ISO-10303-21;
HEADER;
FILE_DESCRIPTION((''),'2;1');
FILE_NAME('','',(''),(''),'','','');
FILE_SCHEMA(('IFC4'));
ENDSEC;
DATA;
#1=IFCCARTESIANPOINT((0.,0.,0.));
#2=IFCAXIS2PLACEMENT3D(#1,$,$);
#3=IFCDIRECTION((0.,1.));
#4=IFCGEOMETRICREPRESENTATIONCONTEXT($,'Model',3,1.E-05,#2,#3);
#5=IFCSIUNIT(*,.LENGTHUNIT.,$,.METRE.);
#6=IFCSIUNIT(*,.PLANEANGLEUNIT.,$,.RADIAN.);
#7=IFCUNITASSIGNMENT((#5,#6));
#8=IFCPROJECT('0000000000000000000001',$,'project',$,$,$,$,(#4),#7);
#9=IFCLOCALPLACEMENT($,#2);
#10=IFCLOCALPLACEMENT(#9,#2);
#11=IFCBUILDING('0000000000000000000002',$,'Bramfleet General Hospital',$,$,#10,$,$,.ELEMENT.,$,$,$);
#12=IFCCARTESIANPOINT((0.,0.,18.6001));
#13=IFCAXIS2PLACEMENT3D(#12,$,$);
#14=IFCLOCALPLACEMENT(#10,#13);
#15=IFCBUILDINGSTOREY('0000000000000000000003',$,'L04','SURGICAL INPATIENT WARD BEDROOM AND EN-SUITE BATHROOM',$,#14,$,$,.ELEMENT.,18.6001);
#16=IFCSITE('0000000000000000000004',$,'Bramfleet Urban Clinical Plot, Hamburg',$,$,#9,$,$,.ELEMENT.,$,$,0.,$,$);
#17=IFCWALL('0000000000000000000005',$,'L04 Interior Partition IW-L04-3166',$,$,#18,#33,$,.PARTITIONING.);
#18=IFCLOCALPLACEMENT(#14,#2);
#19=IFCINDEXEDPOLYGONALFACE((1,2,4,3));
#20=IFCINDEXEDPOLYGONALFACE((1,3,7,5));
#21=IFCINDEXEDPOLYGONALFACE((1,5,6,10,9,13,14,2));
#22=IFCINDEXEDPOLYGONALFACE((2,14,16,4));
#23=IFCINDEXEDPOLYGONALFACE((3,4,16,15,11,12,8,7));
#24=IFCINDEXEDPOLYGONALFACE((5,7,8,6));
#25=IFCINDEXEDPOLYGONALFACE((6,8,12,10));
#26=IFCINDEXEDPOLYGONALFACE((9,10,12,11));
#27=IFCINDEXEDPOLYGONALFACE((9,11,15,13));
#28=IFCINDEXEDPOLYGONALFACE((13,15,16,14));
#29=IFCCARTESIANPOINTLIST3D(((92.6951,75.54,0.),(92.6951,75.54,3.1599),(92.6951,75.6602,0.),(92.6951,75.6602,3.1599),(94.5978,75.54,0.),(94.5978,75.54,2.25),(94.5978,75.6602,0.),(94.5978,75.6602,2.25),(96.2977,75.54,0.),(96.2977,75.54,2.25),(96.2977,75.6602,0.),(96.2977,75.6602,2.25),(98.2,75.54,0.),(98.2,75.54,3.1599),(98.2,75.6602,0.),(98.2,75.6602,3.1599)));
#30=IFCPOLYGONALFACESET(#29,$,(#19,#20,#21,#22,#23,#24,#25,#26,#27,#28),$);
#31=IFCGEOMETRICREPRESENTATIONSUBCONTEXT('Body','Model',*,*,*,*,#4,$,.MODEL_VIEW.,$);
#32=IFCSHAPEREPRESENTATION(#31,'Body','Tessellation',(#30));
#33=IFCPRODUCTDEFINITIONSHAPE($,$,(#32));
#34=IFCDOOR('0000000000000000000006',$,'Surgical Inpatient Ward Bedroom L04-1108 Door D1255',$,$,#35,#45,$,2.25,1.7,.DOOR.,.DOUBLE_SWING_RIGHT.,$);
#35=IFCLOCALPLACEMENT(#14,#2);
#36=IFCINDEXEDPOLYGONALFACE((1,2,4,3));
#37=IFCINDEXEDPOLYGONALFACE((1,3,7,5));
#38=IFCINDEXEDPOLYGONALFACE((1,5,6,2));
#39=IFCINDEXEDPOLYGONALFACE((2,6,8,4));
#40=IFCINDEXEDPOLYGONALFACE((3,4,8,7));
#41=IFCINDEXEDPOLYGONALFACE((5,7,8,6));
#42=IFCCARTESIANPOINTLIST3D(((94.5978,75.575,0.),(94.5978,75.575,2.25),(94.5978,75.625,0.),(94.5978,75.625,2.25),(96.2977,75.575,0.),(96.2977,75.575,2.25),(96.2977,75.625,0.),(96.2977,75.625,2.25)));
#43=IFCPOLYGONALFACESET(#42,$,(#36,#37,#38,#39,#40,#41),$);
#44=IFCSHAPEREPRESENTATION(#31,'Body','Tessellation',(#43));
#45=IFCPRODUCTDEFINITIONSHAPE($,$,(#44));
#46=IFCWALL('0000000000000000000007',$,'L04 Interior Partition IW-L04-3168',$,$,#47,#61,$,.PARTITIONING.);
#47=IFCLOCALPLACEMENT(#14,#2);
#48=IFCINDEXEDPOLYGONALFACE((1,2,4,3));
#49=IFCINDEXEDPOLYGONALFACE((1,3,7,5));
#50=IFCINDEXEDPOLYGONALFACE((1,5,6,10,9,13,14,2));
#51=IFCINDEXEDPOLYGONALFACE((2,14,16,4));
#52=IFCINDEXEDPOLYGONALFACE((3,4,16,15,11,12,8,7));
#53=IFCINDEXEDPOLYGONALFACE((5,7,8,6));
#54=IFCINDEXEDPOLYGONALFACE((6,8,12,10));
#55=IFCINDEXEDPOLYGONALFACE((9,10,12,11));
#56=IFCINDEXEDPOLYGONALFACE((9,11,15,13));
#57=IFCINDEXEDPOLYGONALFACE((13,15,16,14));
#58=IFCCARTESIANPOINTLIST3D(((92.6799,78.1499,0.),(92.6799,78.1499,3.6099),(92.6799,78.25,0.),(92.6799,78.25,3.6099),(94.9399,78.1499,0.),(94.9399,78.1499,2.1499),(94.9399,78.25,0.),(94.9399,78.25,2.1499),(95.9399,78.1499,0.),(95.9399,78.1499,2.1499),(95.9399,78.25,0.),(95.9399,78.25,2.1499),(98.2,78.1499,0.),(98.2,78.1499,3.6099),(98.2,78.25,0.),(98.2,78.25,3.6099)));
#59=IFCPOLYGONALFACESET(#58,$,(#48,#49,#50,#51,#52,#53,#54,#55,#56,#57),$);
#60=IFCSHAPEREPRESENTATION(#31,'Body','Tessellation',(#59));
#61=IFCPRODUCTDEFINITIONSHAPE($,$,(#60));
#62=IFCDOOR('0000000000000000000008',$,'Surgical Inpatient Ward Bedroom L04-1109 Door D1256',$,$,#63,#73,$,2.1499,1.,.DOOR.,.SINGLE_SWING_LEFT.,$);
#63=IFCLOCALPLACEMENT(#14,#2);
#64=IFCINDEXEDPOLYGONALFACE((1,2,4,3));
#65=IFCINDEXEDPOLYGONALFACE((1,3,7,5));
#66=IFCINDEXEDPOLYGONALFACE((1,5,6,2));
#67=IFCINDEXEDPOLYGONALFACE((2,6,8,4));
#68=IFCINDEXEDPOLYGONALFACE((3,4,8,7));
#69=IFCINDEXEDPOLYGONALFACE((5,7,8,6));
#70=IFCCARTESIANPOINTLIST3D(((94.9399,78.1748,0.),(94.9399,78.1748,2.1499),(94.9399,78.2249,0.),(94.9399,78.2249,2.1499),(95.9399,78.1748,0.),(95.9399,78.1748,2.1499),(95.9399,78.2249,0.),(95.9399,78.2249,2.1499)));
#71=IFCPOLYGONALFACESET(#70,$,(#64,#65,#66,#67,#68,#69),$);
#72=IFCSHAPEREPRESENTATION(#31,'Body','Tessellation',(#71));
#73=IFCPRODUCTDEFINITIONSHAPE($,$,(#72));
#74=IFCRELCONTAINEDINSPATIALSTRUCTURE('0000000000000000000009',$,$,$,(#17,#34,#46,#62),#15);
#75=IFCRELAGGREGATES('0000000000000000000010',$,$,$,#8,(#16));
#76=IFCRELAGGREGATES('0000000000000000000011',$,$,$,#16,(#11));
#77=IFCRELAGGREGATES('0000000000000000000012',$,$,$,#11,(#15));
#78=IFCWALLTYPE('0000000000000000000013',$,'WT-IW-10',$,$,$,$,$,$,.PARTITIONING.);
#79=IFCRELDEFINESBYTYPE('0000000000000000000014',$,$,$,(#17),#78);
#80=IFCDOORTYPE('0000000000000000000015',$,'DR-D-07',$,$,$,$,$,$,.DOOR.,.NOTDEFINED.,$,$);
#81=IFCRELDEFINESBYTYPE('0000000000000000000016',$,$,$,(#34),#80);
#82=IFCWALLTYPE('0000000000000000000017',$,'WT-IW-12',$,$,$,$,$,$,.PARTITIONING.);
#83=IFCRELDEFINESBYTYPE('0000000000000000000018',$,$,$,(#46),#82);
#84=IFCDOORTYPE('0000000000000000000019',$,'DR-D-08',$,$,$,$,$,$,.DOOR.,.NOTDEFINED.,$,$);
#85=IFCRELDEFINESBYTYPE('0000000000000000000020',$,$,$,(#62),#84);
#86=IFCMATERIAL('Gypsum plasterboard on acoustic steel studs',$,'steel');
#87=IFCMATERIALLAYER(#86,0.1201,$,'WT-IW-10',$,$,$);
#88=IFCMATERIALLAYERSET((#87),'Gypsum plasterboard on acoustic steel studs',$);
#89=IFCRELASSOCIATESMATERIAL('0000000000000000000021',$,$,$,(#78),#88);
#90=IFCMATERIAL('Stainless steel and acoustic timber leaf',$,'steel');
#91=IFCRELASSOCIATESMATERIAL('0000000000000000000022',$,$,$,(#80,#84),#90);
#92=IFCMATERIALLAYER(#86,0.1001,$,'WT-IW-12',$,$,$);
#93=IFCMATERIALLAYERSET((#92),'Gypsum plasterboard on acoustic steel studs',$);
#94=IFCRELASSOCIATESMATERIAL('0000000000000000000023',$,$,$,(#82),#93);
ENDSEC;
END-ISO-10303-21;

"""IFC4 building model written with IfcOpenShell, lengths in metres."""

from ifc_helpers import new_model, si_unit, direction, frame, frame_2d, origin, place, context, subcontext, project, spatial, rectangle, extrude, material, layer, layer_set, type_object, element, fill, save


model = new_model("IFC4")

# Units and contexts
model_context = context("Model", 3, precision=1e-05, world=origin(), true_north=direction((0.0, 1.0)))
body_context = subcontext(model_context, "Body", "Model", "MODEL_VIEW")
ifc_project = project(units=[si_unit("LENGTHUNIT", "METRE"), si_unit("PLANEANGLEUNIT", "RADIAN")], contexts=[model_context])

# Site, building, storey
site_placement = place(None, origin())
site = spatial("IfcSite", under=ifc_project, at=site_placement, Name="Bramfleet Urban Clinical Plot, Hamburg", CompositionType="ELEMENT", RefElevation=0.0)
building_placement = place(site_placement, origin())
building = spatial("IfcBuilding", under=site, at=building_placement, Name="Bramfleet General Hospital", CompositionType="ELEMENT")
storey_placement = place(building_placement, frame((0.0, 0.0, 18.6001)))
storey = spatial("IfcBuildingStorey", under=building, at=storey_placement, Name="L04", Description="SURGICAL INPATIENT WARD BEDROOM AND EN-SUITE BATHROOM", CompositionType="ELEMENT", Elevation=18.6001)

# Walls, openings, doors
ifc_material_1 = material(Name="Gypsum plasterboard on acoustic steel studs", Category="steel")
ifc_layer_1 = layer(ifc_material_1, 0.1201, Name="WT-IW-10")
ifc_layer_set_1 = layer_set([ifc_layer_1], Name="Gypsum plasterboard on acoustic steel studs")
wall_type_1 = type_object("IfcWallType", Name="WT-IW-10", PredefinedType="PARTITIONING", material=ifc_layer_set_1)
wall_1_placement = place(storey_placement, frame((92.6951, 75.6001, 0.0), z_axis=(0.0, 0.0, 1.0), x_axis=(1.0, 0.0, 0.0)))
wall_1 = element("IfcWall", 1, at=wall_1_placement, inside=storey, type_object=wall_type_1, Name="L04 Interior Partition IW-L04-3166", PredefinedType="PARTITIONING", context=body_context, shape_type="SweptSolid", body=[
    extrude(rectangle(XDim=5.5049, YDim=0.1201, at=frame_2d((2.7524, 0.0))), origin(), (0.0, 0.0, 1.0), 3.1599),
])
opening_1_placement = place(wall_1_placement, frame((1.9026, 0.0, 0.0)))
opening_1 = element("IfcOpeningElement", 2, at=opening_1_placement, cuts=wall_1, PredefinedType="OPENING", context=body_context, shape_type="SweptSolid", body=[
    extrude(rectangle(XDim=1.7, YDim=2.25, at=frame_2d((0.8501, 1.125))), frame((0.0, 0.0701, 0.0), z_axis=(0.0, -1.0, 0.0), x_axis=(1.0, 0.0, 0.0)), (0.0, 0.0, 1.0), 0.1401),
])
ifc_material_2 = material(Name="Stainless steel and acoustic timber leaf", Category="steel")
door_type_1 = type_object("IfcDoorType", Name="DR-D-07", OperationType="NOTDEFINED", PredefinedType="DOOR", material=ifc_material_2)
door_1_placement = place(opening_1_placement, origin())
door_1 = element("IfcDoor", 3, at=door_1_placement, inside=storey, type_object=door_type_1, Name="Surgical Inpatient Ward Bedroom L04-1108 Door D1255", OperationType="DOUBLE_SWING_RIGHT", OverallHeight=2.25, OverallWidth=1.7, PredefinedType="DOOR", context=body_context, shape_type="SweptSolid", body=[
    extrude(rectangle(XDim=1.7, YDim=2.25, at=frame_2d((0.8501, 1.125))), frame((0.0, 0.0249, 0.0), z_axis=(0.0, -1.0, 0.0), x_axis=(1.0, 0.0, 0.0)), (0.0, 0.0, 1.0), 0.05),
])
fill(opening_1, door_1)
ifc_layer_2 = layer(ifc_material_1, 0.1001, Name="WT-IW-12")
ifc_layer_set_2 = layer_set([ifc_layer_2], Name="Gypsum plasterboard on acoustic steel studs")
wall_type_2 = type_object("IfcWallType", Name="WT-IW-12", PredefinedType="PARTITIONING", material=ifc_layer_set_2)
wall_2_placement = place(storey_placement, frame((92.6799, 78.2, 0.0), z_axis=(0.0, 0.0, 1.0), x_axis=(1.0, 0.0, 0.0)))
wall_2 = element("IfcWall", 4, at=wall_2_placement, inside=storey, type_object=wall_type_2, Name="L04 Interior Partition IW-L04-3168", PredefinedType="PARTITIONING", context=body_context, shape_type="SweptSolid", body=[
    extrude(rectangle(XDim=5.52, YDim=0.1001, at=frame_2d((2.76, 0.0))), origin(), (0.0, 0.0, 1.0), 3.6099),
])
opening_2_placement = place(wall_2_placement, frame((2.26, 0.0, 0.0)))
opening_2 = element("IfcOpeningElement", 5, at=opening_2_placement, cuts=wall_2, PredefinedType="OPENING", context=body_context, shape_type="SweptSolid", body=[
    extrude(rectangle(XDim=1.0, YDim=2.1499, at=frame_2d((0.5, 1.075))), frame((0.0, 0.0601, 0.0), z_axis=(0.0, -1.0, 0.0), x_axis=(1.0, 0.0, 0.0)), (0.0, 0.0, 1.0), 0.1201),
])
door_type_2 = type_object("IfcDoorType", Name="DR-D-08", OperationType="NOTDEFINED", PredefinedType="DOOR", material=ifc_material_2)
door_2_placement = place(opening_2_placement, origin())
door_2 = element("IfcDoor", 6, at=door_2_placement, inside=storey, type_object=door_type_2, Name="Surgical Inpatient Ward Bedroom L04-1109 Door D1256", OperationType="SINGLE_SWING_LEFT", OverallHeight=2.1499, OverallWidth=1.0, PredefinedType="DOOR", context=body_context, shape_type="SweptSolid", body=[
    extrude(rectangle(XDim=1.0, YDim=2.1499, at=frame_2d((0.5, 1.075))), frame((0.0, 0.0249, 0.0), z_axis=(0.0, -1.0, 0.0), x_axis=(1.0, 0.0, 0.0)), (0.0, 0.0, 1.0), 0.05),
])
fill(opening_2, door_2)

save(model, "model.ifc")
